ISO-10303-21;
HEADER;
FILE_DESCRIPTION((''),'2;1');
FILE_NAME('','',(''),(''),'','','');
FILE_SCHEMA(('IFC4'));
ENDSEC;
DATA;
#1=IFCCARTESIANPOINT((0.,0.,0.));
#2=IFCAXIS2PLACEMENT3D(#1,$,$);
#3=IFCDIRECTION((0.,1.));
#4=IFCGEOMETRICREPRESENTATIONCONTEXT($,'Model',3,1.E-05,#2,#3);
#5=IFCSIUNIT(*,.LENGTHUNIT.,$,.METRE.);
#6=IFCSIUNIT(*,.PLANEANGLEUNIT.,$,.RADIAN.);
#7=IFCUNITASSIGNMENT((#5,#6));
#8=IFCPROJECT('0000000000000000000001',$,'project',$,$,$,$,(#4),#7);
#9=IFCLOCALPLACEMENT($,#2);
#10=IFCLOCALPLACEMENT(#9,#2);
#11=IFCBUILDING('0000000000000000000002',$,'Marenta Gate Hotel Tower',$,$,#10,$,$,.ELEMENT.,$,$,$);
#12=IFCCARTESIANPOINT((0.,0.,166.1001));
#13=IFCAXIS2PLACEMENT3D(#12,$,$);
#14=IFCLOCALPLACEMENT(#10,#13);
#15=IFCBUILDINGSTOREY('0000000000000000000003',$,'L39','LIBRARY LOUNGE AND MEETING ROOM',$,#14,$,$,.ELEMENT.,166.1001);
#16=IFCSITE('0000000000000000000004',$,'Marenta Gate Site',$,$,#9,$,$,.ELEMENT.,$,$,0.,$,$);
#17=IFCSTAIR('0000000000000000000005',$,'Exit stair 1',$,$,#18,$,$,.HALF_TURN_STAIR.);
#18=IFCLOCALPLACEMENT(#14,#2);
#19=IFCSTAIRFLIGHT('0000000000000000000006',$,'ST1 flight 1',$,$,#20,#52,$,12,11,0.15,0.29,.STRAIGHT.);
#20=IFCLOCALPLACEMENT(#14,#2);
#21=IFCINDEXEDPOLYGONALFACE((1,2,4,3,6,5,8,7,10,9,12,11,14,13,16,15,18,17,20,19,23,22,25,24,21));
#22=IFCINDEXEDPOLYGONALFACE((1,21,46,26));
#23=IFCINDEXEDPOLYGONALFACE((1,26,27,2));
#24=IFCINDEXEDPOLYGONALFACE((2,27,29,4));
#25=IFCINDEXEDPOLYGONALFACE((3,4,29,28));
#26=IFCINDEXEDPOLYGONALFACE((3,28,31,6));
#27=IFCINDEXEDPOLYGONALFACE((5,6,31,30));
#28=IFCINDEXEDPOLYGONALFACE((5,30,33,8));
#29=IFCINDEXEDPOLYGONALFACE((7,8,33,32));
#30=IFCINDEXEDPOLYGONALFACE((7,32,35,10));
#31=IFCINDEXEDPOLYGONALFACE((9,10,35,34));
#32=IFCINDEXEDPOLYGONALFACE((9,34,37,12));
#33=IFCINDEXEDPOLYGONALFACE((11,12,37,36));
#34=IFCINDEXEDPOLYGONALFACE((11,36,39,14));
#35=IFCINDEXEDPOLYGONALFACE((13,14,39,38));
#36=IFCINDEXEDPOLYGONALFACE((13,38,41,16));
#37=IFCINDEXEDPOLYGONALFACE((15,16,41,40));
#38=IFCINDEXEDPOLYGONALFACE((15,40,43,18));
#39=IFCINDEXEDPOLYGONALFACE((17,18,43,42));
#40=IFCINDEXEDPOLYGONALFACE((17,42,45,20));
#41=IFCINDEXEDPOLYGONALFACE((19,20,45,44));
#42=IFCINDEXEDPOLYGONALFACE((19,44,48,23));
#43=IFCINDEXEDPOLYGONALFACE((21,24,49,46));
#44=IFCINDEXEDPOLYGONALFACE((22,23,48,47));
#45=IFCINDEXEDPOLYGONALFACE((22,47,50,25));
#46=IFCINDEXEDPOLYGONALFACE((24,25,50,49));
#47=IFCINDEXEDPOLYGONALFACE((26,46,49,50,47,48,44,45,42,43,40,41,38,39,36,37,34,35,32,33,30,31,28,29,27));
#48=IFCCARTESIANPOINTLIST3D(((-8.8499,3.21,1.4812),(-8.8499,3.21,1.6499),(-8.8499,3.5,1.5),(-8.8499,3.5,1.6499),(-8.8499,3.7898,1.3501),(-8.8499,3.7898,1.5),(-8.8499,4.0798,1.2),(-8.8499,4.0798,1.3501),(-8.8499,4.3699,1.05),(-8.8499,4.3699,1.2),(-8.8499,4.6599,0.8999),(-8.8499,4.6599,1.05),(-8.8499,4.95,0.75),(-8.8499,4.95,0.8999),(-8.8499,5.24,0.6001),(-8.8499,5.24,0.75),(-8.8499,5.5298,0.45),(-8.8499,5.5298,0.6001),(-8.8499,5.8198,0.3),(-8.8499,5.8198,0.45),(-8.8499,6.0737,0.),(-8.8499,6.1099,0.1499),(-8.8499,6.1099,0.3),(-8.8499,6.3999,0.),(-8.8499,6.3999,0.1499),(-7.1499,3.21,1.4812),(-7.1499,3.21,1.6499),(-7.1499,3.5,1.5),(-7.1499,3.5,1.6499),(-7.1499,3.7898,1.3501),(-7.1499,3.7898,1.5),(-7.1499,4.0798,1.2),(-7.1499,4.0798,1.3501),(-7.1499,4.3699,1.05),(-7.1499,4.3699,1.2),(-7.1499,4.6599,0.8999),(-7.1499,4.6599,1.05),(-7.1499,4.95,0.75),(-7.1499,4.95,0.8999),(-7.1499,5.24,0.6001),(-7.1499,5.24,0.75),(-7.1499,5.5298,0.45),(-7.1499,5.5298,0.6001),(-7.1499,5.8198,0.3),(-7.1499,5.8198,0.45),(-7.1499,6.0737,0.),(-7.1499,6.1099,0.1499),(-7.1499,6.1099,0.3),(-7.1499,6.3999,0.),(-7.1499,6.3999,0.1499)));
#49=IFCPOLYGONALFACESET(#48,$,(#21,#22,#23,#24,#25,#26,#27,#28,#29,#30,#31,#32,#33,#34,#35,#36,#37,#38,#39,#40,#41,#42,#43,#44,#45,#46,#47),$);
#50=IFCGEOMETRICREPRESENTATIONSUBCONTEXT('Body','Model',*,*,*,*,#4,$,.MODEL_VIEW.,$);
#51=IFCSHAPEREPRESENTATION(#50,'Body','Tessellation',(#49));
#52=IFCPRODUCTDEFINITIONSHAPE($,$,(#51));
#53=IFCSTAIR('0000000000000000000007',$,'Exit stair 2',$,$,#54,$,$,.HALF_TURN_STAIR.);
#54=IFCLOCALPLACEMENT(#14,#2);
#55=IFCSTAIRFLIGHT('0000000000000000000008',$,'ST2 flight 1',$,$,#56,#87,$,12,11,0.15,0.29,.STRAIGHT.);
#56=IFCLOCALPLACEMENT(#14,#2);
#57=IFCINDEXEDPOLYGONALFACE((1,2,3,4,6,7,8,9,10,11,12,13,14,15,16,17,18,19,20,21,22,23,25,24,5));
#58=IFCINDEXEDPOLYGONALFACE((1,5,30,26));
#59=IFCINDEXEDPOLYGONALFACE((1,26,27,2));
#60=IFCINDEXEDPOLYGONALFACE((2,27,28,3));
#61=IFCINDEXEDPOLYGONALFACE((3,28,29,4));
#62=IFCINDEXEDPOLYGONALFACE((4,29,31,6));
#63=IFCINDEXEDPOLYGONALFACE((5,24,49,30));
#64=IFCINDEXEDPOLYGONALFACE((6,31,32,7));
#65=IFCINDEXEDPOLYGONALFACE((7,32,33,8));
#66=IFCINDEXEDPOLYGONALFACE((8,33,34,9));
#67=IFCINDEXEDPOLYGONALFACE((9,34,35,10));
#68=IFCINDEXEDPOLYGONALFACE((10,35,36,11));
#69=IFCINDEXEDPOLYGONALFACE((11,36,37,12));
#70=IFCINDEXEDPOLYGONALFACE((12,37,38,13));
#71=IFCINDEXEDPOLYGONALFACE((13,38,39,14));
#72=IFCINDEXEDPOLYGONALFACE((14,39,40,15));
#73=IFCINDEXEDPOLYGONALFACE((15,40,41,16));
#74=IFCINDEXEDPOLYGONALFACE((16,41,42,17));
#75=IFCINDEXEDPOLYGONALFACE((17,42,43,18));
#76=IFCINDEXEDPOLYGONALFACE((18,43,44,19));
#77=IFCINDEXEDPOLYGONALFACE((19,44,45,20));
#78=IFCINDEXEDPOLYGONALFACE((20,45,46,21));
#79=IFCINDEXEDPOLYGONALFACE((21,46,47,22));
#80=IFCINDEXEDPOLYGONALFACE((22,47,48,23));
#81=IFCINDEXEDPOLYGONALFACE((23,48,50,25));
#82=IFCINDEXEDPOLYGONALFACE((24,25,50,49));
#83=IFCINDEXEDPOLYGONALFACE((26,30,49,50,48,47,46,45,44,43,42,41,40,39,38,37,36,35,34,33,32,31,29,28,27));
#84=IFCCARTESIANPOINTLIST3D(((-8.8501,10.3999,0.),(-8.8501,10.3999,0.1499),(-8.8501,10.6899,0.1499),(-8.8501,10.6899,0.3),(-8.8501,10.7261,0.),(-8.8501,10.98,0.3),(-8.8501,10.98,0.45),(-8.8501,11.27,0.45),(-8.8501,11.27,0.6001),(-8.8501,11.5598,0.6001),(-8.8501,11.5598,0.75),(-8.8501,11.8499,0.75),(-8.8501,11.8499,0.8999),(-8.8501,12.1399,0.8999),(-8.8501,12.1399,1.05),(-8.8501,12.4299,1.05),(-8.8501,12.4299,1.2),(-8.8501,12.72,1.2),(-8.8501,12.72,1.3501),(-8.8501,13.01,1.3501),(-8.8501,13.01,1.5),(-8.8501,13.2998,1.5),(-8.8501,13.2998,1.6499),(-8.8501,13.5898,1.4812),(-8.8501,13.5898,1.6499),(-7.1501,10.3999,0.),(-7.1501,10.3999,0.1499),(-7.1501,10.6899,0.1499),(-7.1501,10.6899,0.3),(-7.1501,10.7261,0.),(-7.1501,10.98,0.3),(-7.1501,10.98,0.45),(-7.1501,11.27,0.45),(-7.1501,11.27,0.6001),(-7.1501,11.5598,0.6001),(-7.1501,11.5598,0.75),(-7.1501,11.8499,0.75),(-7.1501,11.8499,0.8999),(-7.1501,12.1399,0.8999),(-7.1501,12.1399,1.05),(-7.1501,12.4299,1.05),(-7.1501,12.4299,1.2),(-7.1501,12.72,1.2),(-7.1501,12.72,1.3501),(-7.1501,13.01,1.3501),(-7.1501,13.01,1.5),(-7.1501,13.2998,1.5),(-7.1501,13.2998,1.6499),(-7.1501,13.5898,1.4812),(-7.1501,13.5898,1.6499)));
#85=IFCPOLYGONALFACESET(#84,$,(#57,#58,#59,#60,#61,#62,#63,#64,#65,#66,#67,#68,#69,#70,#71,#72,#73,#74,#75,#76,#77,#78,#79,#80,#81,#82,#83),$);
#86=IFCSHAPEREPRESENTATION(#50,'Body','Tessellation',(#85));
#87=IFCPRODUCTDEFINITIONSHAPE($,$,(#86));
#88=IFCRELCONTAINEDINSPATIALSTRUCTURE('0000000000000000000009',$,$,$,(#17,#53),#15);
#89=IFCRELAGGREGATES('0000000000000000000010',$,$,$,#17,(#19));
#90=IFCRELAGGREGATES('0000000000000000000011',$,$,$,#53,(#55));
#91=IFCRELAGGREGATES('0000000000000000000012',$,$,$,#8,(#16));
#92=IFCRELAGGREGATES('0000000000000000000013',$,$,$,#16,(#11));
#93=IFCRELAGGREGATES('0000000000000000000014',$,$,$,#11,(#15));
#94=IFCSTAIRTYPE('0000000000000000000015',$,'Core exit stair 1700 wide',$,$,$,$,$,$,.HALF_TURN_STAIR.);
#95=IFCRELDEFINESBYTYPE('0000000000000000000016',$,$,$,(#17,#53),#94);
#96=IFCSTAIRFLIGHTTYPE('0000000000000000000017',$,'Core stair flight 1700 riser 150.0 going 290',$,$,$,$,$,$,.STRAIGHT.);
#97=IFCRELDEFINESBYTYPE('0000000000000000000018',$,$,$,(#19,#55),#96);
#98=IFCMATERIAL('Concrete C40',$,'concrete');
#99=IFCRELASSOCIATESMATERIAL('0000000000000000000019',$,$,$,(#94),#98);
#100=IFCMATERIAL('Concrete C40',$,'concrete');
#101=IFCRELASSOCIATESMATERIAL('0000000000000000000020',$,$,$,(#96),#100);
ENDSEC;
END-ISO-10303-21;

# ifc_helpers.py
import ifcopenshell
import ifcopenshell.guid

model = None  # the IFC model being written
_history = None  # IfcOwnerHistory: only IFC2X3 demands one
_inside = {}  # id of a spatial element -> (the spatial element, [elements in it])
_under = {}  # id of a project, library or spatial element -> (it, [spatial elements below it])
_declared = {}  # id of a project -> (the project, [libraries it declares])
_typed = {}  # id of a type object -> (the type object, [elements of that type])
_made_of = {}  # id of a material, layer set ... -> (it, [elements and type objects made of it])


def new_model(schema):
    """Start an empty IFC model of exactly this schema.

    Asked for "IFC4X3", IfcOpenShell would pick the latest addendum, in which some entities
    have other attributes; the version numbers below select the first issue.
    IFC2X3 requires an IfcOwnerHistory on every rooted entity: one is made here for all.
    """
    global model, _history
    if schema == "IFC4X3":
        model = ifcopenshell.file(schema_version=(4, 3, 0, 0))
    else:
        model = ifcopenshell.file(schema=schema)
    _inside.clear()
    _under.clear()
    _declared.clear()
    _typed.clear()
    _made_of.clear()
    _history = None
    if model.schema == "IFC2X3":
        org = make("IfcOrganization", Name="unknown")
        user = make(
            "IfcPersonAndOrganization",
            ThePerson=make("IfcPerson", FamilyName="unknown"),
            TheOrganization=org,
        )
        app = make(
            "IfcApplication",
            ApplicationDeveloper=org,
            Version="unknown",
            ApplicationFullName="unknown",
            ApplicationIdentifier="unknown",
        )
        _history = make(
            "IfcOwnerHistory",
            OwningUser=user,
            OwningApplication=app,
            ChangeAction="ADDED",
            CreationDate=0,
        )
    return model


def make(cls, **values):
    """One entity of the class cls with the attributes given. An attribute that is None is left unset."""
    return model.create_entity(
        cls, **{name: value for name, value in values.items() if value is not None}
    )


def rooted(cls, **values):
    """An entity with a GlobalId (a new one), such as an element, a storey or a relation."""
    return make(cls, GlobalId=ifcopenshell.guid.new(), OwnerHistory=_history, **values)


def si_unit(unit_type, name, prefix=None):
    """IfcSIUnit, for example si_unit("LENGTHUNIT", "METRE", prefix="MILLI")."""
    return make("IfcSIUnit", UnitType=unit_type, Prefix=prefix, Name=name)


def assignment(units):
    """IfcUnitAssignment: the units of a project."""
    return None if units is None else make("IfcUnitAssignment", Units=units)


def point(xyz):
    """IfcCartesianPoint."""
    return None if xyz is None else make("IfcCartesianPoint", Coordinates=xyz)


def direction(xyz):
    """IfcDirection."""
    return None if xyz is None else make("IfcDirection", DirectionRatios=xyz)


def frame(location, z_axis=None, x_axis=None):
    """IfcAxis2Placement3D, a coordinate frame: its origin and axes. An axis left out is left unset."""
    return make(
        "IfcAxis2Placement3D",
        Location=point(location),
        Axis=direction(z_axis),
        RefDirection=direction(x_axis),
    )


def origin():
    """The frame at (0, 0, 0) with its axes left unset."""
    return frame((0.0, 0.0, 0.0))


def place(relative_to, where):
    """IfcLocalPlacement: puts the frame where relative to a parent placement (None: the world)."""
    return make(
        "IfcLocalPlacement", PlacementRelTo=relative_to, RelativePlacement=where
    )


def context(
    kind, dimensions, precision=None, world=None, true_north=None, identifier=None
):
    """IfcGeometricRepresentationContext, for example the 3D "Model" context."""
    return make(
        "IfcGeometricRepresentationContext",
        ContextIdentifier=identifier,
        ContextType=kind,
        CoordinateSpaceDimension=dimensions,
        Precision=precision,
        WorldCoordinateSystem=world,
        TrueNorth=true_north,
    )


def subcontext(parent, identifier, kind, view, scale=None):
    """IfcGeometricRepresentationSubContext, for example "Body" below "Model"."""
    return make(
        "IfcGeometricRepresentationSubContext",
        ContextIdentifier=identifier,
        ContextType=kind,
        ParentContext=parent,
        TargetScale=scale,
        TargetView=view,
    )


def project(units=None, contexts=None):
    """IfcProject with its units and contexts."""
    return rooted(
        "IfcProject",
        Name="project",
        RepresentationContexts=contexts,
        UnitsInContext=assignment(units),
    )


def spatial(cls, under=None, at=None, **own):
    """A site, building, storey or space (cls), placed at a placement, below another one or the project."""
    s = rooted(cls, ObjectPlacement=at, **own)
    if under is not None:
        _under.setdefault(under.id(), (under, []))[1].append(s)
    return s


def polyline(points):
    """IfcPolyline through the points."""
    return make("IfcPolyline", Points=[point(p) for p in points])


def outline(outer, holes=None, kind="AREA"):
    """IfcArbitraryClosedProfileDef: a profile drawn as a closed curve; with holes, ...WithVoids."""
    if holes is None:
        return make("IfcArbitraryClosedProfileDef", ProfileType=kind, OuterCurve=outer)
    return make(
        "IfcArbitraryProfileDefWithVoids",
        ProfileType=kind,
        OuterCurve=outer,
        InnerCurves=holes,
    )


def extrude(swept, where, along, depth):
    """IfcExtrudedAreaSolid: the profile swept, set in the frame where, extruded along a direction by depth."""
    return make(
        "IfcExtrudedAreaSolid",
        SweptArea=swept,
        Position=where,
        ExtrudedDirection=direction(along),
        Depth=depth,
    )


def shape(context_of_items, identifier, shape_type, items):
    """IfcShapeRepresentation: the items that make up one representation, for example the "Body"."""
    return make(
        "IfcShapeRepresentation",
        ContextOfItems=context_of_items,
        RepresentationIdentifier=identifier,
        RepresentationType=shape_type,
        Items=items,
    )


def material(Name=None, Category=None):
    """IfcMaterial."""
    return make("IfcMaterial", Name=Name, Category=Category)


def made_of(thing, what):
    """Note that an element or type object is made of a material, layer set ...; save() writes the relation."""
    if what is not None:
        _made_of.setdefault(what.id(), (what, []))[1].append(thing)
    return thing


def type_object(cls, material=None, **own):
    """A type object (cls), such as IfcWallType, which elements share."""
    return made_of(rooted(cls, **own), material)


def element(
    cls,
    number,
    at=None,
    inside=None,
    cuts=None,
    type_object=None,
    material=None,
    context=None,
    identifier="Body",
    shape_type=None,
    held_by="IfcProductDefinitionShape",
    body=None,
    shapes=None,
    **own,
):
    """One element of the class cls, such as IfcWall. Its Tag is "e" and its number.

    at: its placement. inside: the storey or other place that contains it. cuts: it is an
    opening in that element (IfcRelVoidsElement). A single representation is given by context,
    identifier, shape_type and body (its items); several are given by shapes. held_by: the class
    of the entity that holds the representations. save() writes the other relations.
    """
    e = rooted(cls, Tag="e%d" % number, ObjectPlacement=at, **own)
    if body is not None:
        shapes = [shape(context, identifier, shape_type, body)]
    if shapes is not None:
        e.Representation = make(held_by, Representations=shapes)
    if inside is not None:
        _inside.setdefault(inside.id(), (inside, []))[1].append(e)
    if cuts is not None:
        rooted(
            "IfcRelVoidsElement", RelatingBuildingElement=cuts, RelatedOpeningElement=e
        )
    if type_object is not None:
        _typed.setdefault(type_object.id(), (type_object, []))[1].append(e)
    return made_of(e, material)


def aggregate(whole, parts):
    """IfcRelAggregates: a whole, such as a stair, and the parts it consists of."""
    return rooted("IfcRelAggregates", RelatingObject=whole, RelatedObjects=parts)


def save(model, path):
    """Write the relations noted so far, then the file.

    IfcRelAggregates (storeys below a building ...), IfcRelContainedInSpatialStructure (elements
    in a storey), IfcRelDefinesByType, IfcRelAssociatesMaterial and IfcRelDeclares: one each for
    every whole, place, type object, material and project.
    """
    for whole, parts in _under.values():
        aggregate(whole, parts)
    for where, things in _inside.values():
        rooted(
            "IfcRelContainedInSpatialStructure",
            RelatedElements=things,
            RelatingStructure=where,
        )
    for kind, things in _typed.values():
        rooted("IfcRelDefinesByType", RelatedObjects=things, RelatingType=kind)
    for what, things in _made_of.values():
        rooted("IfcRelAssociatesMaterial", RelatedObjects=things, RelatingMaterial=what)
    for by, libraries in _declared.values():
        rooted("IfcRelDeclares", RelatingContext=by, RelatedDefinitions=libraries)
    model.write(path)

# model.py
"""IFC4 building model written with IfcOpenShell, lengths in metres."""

from ifc_helpers import new_model, si_unit, direction, frame, origin, place, context, subcontext, project, spatial, polyline, outline, extrude, material, type_object, element, aggregate, save


model = new_model("IFC4")

# Units and contexts
model_context = context("Model", 3, precision=1e-05, world=origin(), true_north=direction((0.0, 1.0)))
body_context = subcontext(model_context, "Body", "Model", "MODEL_VIEW")
ifc_project = project(units=[si_unit("LENGTHUNIT", "METRE"), si_unit("PLANEANGLEUNIT", "RADIAN")], contexts=[model_context])

# Site, building, storey
site_placement = place(None, origin())
site = spatial("IfcSite", under=ifc_project, at=site_placement, Name="Marenta Gate Site", CompositionType="ELEMENT", RefElevation=0.0)
building_placement = place(site_placement, origin())
building = spatial("IfcBuilding", under=site, at=building_placement, Name="Marenta Gate Hotel Tower", CompositionType="ELEMENT")
storey_placement = place(building_placement, frame((0.0, 0.0, 166.1001)))
storey = spatial("IfcBuildingStorey", under=building, at=storey_placement, Name="L39", Description="LIBRARY LOUNGE AND MEETING ROOM", CompositionType="ELEMENT", Elevation=166.1001)

# Stairs, stair flights
ifc_material_1 = material(Name="Concrete C40", Category="concrete")
stair_type = type_object("IfcStairType", Name="Core exit stair 1700 wide", PredefinedType="HALF_TURN_STAIR", material=ifc_material_1)
stair_1_placement = place(storey_placement, origin())
stair_1 = element("IfcStair", 1, at=stair_1_placement, inside=storey, type_object=stair_type, Name="Exit stair 1", PredefinedType="HALF_TURN_STAIR")
ifc_material_2 = material(Name="Concrete C40", Category="concrete")
stair_flight_type = type_object("IfcStairFlightType", Name="Core stair flight 1700 riser 150.0 going 290", PredefinedType="STRAIGHT", material=ifc_material_2)
stair_flight_1_placement = place(storey_placement, frame((-8.0, 6.3999, 0.0), z_axis=(0.0, 0.0, 1.0), x_axis=(0.0, -1.0, 0.0)))
stair_flight_1 = element("IfcStairFlight", 2, at=stair_flight_1_placement, type_object=stair_flight_type, Name="ST1 flight 1", NumberOfRisers=12, NumberOfTreads=11, PredefinedType="STRAIGHT", RiserHeight=0.15, TreadLength=0.29, context=body_context, shape_type="SweptSolid", body=[
    extrude(outline(polyline([(0.0, 0.0), (0.0, 0.1499), (0.29, 0.1499), (0.29, 0.3), (0.5801, 0.3), (0.5801, 0.45), (0.8701, 0.45), (0.8701, 0.6001), (1.1599, 0.6001), (1.1599, 0.75), (1.45, 0.75), (1.45, 0.8999), (1.74, 0.8999), (1.74, 1.05), (2.03, 1.05), (2.03, 1.2), (2.3201, 1.2), (2.3201, 1.3501), (2.6101, 1.3501), (2.6101, 1.5), (2.8999, 1.5), (2.8999, 1.6499), (3.1899, 1.6499), (3.1899, 1.8), (3.1899, 1.4812), (0.3262, 0.0), (0.0, 0.0)])), frame((0.0, 0.8501, 0.0), z_axis=(0.0, -1.0, 0.0), x_axis=(1.0, 0.0, 0.0)), (0.0, 0.0, 1.0), 1.7),
])
aggregate(stair_1, [stair_flight_1])
stair_2_placement = place(storey_placement, origin())
stair_2 = element("IfcStair", 3, at=stair_2_placement, inside=storey, type_object=stair_type, Name="Exit stair 2", PredefinedType="HALF_TURN_STAIR")
stair_flight_2_placement = place(storey_placement, frame((-8.0, 10.3999, 0.0), z_axis=(0.0, 0.0, 1.0), x_axis=(0.0, 1.0, 0.0)))
stair_flight_2 = element("IfcStairFlight", 4, at=stair_flight_2_placement, type_object=stair_flight_type, Name="ST2 flight 1", NumberOfRisers=12, NumberOfTreads=11, PredefinedType="STRAIGHT", RiserHeight=0.15, TreadLength=0.29, context=body_context, shape_type="SweptSolid", body=[
    extrude(outline(polyline([(0.0, 0.0), (0.0, 0.1499), (0.29, 0.1499), (0.29, 0.3), (0.5801, 0.3), (0.5801, 0.45), (0.8701, 0.45), (0.8701, 0.6001), (1.1599, 0.6001), (1.1599, 0.75), (1.45, 0.75), (1.45, 0.8999), (1.74, 0.8999), (1.74, 1.05), (2.03, 1.05), (2.03, 1.2), (2.3201, 1.2), (2.3201, 1.3501), (2.6101, 1.3501), (2.6101, 1.5), (2.8999, 1.5), (2.8999, 1.6499), (3.1899, 1.6499), (3.1899, 1.8), (3.1899, 1.4812), (0.3262, 0.0), (0.0, 0.0)])), frame((0.0, 0.8501, 0.0), z_axis=(0.0, -1.0, 0.0), x_axis=(1.0, 0.0, 0.0)), (0.0, 0.0, 1.0), 1.7),
])
aggregate(stair_2, [stair_flight_2])

save(model, "model.ifc")
